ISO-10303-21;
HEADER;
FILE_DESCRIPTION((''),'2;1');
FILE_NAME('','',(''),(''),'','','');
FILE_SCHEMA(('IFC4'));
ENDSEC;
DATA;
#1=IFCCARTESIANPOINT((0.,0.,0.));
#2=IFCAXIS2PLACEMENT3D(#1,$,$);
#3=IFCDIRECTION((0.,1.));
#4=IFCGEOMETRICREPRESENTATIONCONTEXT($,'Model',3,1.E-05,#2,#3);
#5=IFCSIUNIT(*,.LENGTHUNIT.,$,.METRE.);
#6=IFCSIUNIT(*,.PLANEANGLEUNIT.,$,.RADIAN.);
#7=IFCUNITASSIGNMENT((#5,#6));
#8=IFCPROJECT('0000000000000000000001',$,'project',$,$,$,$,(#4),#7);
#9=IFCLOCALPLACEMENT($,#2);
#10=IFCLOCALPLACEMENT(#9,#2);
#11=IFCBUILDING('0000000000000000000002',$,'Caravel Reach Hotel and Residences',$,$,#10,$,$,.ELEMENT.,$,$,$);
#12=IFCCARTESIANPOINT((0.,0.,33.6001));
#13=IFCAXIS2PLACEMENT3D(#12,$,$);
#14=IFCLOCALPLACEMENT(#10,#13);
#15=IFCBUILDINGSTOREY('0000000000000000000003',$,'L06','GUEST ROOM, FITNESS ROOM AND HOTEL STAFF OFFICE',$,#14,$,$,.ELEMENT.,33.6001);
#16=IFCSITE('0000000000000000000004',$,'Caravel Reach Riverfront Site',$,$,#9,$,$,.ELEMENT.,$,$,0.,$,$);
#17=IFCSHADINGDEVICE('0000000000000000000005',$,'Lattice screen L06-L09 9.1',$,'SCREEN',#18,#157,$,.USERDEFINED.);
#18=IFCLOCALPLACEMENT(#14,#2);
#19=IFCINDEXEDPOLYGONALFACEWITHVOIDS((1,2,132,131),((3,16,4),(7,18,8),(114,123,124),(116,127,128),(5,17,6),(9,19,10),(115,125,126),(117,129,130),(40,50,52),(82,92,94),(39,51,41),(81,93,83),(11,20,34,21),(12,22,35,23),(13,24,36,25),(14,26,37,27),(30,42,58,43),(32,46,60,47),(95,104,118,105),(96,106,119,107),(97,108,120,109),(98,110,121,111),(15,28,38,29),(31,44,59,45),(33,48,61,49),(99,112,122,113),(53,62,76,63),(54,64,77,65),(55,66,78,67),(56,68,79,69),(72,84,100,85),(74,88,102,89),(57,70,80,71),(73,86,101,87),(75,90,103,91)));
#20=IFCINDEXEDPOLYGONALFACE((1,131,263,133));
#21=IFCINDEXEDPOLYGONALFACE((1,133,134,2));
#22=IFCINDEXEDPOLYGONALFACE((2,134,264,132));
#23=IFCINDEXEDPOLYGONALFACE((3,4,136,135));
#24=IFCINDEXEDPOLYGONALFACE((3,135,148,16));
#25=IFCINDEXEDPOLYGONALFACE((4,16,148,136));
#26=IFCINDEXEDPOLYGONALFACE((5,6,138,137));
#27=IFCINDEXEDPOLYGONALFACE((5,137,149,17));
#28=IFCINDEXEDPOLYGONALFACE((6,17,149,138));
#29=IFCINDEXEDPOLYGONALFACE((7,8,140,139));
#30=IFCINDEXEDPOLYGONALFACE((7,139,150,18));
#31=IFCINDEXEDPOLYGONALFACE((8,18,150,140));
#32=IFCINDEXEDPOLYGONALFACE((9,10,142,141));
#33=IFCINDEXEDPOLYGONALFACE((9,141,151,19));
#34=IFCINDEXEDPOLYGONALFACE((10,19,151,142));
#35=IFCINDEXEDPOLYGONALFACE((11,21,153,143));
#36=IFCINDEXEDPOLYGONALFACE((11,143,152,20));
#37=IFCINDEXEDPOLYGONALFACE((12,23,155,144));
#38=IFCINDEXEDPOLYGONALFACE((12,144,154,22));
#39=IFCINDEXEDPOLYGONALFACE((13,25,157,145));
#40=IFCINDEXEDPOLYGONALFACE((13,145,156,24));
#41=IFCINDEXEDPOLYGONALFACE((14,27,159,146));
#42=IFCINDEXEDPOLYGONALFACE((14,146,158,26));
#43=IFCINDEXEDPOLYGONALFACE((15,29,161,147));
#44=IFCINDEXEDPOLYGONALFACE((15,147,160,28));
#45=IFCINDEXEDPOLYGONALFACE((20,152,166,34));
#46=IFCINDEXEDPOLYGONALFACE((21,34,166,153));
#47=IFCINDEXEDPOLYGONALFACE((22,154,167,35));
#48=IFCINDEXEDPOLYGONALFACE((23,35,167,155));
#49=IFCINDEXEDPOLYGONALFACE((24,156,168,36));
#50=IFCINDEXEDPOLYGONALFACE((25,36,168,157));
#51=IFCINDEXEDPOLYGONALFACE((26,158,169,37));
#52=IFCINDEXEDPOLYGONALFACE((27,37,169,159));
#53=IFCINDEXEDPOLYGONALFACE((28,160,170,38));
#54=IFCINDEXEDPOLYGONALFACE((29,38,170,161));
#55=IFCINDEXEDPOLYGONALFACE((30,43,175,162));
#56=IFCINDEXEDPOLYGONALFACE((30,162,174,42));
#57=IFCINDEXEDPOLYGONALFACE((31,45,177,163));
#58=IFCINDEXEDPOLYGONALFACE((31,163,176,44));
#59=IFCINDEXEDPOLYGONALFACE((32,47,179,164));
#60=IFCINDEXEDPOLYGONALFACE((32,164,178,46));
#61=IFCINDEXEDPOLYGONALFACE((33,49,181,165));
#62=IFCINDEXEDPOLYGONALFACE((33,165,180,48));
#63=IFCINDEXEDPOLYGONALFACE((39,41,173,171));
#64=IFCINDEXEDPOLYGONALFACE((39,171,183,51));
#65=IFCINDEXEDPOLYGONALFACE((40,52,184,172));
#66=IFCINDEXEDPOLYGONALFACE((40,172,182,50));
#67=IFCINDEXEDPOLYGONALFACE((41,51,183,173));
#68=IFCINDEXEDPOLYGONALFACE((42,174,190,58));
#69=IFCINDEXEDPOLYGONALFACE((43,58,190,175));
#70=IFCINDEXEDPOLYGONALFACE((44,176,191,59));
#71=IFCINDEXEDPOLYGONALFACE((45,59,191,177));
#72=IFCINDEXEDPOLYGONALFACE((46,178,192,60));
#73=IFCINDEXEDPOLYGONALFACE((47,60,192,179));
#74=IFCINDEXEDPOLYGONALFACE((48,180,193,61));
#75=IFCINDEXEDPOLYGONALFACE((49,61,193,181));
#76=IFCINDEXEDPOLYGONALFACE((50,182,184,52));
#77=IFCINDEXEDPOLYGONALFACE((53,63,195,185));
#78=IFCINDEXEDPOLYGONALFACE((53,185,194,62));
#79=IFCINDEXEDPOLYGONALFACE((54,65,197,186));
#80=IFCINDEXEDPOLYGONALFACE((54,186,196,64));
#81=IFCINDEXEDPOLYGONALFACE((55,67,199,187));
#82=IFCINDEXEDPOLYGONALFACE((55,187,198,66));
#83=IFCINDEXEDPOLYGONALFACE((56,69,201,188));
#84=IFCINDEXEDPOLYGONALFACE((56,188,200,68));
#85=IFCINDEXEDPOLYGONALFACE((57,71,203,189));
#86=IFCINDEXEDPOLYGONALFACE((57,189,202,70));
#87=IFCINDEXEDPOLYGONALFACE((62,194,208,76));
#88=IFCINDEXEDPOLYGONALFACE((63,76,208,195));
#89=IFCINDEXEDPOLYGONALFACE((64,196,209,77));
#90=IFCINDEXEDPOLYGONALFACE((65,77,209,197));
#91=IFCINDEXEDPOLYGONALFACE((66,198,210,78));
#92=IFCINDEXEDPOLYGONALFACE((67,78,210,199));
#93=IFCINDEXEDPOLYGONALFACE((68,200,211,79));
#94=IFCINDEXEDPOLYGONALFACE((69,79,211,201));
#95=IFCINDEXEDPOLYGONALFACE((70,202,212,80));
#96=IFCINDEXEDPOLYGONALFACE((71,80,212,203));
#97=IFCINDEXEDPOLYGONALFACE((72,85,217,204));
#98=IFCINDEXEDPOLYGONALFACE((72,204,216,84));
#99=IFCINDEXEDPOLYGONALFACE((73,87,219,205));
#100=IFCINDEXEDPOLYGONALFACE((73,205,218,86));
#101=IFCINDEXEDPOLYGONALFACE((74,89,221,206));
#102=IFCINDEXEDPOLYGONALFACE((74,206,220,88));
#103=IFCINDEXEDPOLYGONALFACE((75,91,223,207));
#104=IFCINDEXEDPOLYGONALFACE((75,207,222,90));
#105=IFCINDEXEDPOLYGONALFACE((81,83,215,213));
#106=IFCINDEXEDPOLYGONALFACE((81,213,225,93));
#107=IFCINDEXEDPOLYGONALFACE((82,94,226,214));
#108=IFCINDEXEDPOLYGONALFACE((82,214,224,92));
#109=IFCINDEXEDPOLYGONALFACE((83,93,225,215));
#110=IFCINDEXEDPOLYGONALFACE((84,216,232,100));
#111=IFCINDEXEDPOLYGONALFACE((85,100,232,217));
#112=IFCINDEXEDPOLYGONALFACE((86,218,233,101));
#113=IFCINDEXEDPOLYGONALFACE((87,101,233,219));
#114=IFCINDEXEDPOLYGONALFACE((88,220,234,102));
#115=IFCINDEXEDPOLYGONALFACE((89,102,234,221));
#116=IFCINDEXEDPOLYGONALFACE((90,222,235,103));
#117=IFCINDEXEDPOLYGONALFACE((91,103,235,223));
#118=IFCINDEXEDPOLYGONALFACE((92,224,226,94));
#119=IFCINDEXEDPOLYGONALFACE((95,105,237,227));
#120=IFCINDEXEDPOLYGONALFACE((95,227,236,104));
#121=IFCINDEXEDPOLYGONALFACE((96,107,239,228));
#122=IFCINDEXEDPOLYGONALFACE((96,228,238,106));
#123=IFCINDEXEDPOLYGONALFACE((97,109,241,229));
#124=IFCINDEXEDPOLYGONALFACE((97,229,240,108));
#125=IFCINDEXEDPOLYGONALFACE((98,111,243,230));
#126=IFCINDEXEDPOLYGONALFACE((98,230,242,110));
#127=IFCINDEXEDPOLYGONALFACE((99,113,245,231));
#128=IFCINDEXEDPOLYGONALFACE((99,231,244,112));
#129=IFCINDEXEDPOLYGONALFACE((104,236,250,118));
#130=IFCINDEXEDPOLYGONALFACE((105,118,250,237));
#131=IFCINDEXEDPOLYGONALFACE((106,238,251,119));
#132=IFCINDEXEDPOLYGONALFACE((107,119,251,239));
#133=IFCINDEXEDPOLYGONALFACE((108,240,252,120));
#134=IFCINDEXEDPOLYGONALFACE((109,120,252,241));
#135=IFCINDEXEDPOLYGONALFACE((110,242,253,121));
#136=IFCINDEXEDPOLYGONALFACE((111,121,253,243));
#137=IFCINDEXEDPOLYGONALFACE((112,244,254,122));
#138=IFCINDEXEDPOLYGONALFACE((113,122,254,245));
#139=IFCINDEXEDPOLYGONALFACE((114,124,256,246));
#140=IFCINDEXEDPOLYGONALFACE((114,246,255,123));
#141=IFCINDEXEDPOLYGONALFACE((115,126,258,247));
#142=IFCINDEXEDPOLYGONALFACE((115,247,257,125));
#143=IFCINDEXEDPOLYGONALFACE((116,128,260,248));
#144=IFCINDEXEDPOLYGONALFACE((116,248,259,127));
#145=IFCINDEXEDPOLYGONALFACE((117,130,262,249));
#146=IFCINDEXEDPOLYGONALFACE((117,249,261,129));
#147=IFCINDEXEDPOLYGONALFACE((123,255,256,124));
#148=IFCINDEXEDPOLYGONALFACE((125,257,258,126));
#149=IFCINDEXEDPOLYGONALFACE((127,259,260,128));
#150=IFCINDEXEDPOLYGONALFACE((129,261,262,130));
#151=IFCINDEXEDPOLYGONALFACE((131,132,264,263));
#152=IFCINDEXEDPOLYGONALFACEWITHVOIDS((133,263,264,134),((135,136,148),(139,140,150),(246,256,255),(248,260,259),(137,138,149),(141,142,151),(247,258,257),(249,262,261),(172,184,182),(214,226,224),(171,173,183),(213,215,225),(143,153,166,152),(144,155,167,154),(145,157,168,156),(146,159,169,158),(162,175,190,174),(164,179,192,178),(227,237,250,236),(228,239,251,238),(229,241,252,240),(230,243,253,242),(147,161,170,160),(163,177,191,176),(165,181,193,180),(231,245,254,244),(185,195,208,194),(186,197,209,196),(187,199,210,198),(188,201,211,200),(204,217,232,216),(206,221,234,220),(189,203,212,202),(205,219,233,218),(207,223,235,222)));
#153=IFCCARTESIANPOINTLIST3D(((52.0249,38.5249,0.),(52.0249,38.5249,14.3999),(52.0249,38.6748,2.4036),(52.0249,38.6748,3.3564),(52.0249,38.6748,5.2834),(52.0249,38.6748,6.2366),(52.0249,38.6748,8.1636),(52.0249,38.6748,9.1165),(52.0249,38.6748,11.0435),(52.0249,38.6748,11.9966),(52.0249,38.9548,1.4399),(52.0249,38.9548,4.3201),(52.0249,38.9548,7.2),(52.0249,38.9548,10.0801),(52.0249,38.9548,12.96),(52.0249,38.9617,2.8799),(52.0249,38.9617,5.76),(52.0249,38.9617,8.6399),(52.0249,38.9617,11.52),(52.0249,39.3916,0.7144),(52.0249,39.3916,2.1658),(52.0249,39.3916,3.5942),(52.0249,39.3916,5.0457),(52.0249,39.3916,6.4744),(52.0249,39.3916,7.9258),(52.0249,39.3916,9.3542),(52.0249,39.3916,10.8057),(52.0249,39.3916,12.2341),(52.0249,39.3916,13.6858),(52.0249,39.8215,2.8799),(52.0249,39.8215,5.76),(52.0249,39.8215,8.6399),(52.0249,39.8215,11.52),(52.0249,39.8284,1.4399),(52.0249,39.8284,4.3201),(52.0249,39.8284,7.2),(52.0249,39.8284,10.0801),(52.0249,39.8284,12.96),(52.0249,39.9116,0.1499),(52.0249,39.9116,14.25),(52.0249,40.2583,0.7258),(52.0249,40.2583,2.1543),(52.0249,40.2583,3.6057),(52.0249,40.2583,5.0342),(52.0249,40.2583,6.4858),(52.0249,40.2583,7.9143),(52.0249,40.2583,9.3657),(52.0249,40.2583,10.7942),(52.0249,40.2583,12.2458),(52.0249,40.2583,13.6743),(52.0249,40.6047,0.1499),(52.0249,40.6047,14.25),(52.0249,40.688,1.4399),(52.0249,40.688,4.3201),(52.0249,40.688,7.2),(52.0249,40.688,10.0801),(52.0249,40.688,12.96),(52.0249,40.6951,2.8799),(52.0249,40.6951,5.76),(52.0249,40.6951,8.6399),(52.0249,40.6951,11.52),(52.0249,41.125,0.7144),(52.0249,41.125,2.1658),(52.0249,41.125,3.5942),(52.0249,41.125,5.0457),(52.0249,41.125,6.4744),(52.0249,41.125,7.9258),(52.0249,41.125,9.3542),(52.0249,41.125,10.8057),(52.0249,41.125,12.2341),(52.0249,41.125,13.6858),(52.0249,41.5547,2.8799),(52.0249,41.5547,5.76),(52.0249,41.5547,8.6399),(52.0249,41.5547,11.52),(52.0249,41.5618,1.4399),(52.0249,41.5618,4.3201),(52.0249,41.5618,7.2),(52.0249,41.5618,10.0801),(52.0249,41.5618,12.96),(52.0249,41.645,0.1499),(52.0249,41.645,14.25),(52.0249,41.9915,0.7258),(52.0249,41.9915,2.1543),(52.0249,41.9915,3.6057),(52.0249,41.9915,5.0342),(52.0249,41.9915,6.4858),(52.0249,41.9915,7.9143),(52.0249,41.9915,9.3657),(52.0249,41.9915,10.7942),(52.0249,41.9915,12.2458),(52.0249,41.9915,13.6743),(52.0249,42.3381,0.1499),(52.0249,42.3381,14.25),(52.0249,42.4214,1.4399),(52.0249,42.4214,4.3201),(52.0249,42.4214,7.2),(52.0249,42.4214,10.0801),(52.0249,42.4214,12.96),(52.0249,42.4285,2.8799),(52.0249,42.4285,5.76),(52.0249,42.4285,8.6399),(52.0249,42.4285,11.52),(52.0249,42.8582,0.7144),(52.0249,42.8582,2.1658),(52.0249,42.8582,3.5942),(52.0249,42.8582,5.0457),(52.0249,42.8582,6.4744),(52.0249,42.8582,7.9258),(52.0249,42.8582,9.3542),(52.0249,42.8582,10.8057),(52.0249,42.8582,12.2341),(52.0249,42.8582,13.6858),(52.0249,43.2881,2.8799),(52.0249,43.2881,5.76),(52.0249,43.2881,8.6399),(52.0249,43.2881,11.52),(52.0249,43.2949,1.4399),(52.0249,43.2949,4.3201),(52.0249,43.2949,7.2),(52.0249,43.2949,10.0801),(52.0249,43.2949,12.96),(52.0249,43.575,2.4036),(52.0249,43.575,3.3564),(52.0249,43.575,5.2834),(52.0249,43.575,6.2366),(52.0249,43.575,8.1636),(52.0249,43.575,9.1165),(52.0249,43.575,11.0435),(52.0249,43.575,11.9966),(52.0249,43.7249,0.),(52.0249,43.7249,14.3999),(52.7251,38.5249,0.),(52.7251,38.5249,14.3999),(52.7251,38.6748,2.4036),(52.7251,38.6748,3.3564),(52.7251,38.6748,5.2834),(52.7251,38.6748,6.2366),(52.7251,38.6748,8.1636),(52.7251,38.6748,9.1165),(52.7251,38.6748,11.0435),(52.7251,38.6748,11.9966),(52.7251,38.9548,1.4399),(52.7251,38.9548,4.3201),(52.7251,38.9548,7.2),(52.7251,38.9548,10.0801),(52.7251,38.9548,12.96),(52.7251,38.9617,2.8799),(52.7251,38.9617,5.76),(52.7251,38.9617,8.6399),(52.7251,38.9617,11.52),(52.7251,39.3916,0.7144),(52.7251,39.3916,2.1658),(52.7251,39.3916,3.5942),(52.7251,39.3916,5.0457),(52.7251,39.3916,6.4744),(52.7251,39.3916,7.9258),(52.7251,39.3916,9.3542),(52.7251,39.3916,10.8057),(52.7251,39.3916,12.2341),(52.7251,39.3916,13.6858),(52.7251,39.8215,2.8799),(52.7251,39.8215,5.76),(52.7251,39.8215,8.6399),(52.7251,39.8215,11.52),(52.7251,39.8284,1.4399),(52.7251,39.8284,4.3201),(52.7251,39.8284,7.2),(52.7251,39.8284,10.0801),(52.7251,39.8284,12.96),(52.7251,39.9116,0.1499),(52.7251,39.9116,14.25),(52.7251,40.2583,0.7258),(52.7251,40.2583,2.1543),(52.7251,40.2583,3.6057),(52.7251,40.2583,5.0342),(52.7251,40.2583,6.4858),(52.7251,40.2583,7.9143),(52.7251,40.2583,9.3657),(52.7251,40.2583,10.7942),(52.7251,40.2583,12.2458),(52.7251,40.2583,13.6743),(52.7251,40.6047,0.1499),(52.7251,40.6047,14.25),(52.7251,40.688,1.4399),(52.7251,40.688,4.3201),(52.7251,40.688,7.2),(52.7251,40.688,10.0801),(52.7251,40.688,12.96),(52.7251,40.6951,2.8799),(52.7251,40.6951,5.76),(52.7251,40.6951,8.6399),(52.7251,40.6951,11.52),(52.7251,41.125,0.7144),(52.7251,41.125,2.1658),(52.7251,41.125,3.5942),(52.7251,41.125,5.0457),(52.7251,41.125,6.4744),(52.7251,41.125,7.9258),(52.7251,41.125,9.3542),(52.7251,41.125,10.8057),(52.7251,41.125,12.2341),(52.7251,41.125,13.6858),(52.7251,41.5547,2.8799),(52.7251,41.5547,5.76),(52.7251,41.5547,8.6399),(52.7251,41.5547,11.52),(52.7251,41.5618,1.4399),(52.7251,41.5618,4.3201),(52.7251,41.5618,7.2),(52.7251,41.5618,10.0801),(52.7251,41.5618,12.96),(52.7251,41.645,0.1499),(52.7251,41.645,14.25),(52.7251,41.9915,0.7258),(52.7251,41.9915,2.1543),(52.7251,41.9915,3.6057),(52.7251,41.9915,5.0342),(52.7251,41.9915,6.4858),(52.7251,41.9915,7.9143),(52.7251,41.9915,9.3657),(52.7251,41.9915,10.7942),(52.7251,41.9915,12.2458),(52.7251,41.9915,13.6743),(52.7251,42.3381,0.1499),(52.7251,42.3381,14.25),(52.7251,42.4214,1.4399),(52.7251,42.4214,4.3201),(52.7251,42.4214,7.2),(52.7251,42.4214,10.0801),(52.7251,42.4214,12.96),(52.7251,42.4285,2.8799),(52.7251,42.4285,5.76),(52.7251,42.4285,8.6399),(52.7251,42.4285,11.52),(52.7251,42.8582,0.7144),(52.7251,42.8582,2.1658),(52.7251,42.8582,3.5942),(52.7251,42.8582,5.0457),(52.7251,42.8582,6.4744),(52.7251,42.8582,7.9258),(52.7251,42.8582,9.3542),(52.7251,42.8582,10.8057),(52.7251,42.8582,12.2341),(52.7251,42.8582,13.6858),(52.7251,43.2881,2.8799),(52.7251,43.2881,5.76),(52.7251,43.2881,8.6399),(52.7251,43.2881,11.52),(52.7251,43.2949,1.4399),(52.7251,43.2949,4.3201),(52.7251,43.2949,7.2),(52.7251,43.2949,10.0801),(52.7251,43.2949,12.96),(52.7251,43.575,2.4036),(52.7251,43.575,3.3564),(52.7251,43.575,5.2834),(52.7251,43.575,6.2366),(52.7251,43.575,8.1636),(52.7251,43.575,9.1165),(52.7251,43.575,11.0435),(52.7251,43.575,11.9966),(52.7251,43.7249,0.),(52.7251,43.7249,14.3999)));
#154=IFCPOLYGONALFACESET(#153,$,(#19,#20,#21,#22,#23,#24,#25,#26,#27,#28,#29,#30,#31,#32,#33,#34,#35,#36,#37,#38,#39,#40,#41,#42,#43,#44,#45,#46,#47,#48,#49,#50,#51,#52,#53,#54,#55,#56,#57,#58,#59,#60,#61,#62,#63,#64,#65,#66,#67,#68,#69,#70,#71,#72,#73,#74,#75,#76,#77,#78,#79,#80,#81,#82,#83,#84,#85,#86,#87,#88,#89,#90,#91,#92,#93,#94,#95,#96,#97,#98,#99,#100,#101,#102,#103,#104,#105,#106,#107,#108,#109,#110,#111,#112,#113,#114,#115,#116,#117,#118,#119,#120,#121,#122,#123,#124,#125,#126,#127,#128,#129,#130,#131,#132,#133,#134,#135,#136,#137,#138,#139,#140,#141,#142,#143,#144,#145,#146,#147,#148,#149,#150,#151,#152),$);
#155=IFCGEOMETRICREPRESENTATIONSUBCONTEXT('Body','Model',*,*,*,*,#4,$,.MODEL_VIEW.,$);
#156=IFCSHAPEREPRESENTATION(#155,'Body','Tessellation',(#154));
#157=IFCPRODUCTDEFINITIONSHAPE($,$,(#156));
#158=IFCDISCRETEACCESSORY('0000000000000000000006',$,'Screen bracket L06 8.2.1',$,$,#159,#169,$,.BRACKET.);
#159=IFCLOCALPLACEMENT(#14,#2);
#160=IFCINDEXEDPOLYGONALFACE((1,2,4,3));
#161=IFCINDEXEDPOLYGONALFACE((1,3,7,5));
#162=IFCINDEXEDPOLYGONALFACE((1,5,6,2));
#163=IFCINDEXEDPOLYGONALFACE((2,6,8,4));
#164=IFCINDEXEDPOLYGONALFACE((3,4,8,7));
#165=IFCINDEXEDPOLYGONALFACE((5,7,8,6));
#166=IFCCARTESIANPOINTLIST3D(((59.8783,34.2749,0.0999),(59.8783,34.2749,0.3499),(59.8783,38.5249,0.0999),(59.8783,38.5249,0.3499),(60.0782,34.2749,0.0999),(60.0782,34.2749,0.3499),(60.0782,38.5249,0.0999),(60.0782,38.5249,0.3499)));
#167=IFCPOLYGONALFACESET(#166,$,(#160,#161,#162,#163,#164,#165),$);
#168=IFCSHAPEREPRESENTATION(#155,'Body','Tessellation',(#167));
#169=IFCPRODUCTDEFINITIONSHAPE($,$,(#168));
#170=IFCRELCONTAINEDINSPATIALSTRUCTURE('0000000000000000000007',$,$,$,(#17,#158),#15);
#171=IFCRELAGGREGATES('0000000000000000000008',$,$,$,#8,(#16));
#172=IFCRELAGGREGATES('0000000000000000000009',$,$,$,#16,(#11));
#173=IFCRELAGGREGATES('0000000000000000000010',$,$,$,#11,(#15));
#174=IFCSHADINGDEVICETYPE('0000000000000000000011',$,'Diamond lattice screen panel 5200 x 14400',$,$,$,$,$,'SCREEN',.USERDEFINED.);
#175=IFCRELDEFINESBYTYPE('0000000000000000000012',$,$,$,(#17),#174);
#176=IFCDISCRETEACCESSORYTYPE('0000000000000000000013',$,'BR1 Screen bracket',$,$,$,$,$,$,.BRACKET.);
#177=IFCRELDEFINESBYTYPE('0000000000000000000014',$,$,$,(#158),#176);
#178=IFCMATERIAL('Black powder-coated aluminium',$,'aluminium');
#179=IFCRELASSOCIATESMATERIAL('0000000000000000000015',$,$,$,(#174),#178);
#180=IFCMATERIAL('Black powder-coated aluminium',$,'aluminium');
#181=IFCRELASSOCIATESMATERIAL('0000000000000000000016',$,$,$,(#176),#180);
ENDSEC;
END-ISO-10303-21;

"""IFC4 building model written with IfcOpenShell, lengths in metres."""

from ifc_helpers import new_model, si_unit, direction, frame, origin, origin_2d, place, context, subcontext, project, spatial, polyline, rectangle, outline, extrude, material, type_object, element, save


model = new_model("IFC4")

# Units and contexts
model_context = context("Model", 3, precision=1e-05, world=origin(), true_north=direction((0.0, 1.0)))
body_context = subcontext(model_context, "Body", "Model", "MODEL_VIEW")
ifc_project = project(units=[si_unit("LENGTHUNIT", "METRE"), si_unit("PLANEANGLEUNIT", "RADIAN")], contexts=[model_context])

# Site, building, storey
site_placement = place(None, origin())
site = spatial("IfcSite", under=ifc_project, at=site_placement, Name="Caravel Reach Riverfront Site", CompositionType="ELEMENT", RefElevation=0.0)
building_placement = place(site_placement, origin())
building = spatial("IfcBuilding", under=site, at=building_placement, Name="Caravel Reach Hotel and Residences", CompositionType="ELEMENT")
storey_placement = place(building_placement, frame((0.0, 0.0, 33.6001)))
storey = spatial("IfcBuildingStorey", under=building, at=storey_placement, Name="L06", Description="GUEST ROOM, FITNESS ROOM AND HOTEL STAFF OFFICE", CompositionType="ELEMENT", Elevation=33.6001)

# Shading device
ifc_material_1 = material(Name="Black powder-coated aluminium", Category="aluminium")
shading_device_type_1 = type_object("IfcShadingDeviceType", Name="Diamond lattice screen panel 5200 x 14400", ElementType="SCREEN", PredefinedType="USERDEFINED", material=ifc_material_1)
shading_device_1_placement = place(storey_placement, frame((52.0249, 38.5249, 0.0), z_axis=(1.0, 0.0, 0.0), x_axis=(0.0, 1.0, 0.0)))
element("IfcShadingDevice", 1, at=shading_device_1_placement, inside=storey, type_object=shading_device_type_1, Name="Lattice screen L06-L09 9.1", ObjectType="SCREEN", PredefinedType="USERDEFINED", context=body_context, shape_type="SweptSolid", body=[
    extrude(outline(polyline([(0.0, 0.0), (5.2, 0.0), (5.2, 14.3999), (0.0, 14.3999), (0.0, 0.0)]), holes=[polyline([(0.4368, 2.8799), (0.1499, 3.3564), (0.1499, 2.4036), (0.4368, 2.8799)]), polyline([(0.4368, 5.76), (0.1499, 6.2366), (0.1499, 5.2834), (0.4368, 5.76)]), polyline([(0.4368, 8.6399), (0.1499, 9.1165), (0.1499, 8.1636), (0.4368, 8.6399)]), polyline([(0.4368, 11.52), (0.1499, 11.9966), (0.1499, 11.0435), (0.4368, 11.52)]), polyline([(0.8667, 2.1658), (0.4299, 1.4399), (0.8667, 0.7144), (1.3035, 1.4399), (0.8667, 2.1658)]), polyline([(0.8667, 5.0457), (0.4299, 4.3201), (0.8667, 3.5942), (1.3035, 4.3201), (0.8667, 5.0457)]), polyline([(0.8667, 7.9258), (0.4299, 7.2), (0.8667, 6.4744), (1.3035, 7.2), (0.8667, 7.9258)]), polyline([(0.8667, 10.8057), (0.4299, 10.0801), (0.8667, 9.3542), (1.3035, 10.0801), (0.8667, 10.8057)]), polyline([(0.8667, 13.6858), (0.4299, 12.96), (0.8667, 12.2341), (1.3035, 12.96), (0.8667, 13.6858)]), polyline([(1.7334, 0.7258), (1.3867, 0.1499), (2.0798, 0.1499), (1.7334, 0.7258)]), polyline([(1.7334, 3.6057), (1.2966, 2.8799), (1.7334, 2.1543), (2.1702, 2.8799), (1.7334, 3.6057)]), polyline([(1.7334, 6.4858), (1.2966, 5.76), (1.7334, 5.0342), (2.1702, 5.76), (1.7334, 6.4858)]), polyline([(1.7334, 9.3657), (1.2966, 8.6399), (1.7334, 7.9143), (2.1702, 8.6399), (1.7334, 9.3657)]), polyline([(1.7334, 12.2458), (1.2966, 11.52), (1.7334, 10.7942), (2.1702, 11.52), (1.7334, 12.2458)]), polyline([(1.7334, 13.6743), (2.0798, 14.25), (1.3867, 14.25), (1.7334, 13.6743)]), polyline([(2.6001, 2.1658), (2.1631, 1.4399), (2.6001, 0.7144), (3.0369, 1.4399), (2.6001, 2.1658)]), polyline([(2.6001, 5.0457), (2.1631, 4.3201), (2.6001, 3.5942), (3.0369, 4.3201), (2.6001, 5.0457)]), polyline([(2.6001, 7.9258), (2.1631, 7.2), (2.6001, 6.4744), (3.0369, 7.2), (2.6001, 7.9258)]), polyline([(2.6001, 10.8057), (2.1631, 10.0801), (2.6001, 9.3542), (3.0369, 10.0801), (2.6001, 10.8057)]), polyline([(2.6001, 13.6858), (2.1631, 12.96), (2.6001, 12.2341), (3.0369, 12.96), (2.6001, 13.6858)]), polyline([(3.4666, 0.7258), (3.1201, 0.1499), (3.8132, 0.1499), (3.4666, 0.7258)]), polyline([(3.4666, 3.6057), (3.0298, 2.8799), (3.4666, 2.1543), (3.9036, 2.8799), (3.4666, 3.6057)]), polyline([(3.4666, 6.4858), (3.0298, 5.76), (3.4666, 5.0342), (3.9036, 5.76), (3.4666, 6.4858)]), polyline([(3.4666, 9.3657), (3.0298, 8.6399), (3.4666, 7.9143), (3.9036, 8.6399), (3.4666, 9.3657)]), polyline([(3.4666, 12.2458), (3.0298, 11.52), (3.4666, 10.7942), (3.9036, 11.52), (3.4666, 12.2458)]), polyline([(3.4666, 13.6743), (3.8132, 14.25), (3.1201, 14.25), (3.4666, 13.6743)]), polyline([(4.3333, 2.1658), (3.8965, 1.4399), (4.3333, 0.7144), (4.77, 1.4399), (4.3333, 2.1658)]), polyline([(4.3333, 5.0457), (3.8965, 4.3201), (4.3333, 3.5942), (4.77, 4.3201), (4.3333, 5.0457)]), polyline([(4.3333, 7.9258), (3.8965, 7.2), (4.3333, 6.4744), (4.77, 7.2), (4.3333, 7.9258)]), polyline([(4.3333, 10.8057), (3.8965, 10.0801), (4.3333, 9.3542), (4.77, 10.0801), (4.3333, 10.8057)]), polyline([(4.3333, 13.6858), (3.8965, 12.96), (4.3333, 12.2341), (4.77, 12.96), (4.3333, 13.6858)]), polyline([(4.7632, 2.8799), (5.05, 2.4036), (5.05, 3.3564), (4.7632, 2.8799)]), polyline([(4.7632, 5.76), (5.05, 5.2834), (5.05, 6.2366), (4.7632, 5.76)]), polyline([(4.7632, 8.6399), (5.05, 8.1636), (5.05, 9.1165), (4.7632, 8.6399)]), polyline([(4.7632, 11.52), (5.05, 11.0435), (5.05, 11.9966), (4.7632, 11.52)])]), origin(), (0.0, 0.0, 1.0), 0.7002),
])

# Discrete accessory
ifc_material_2 = material(Name="Black powder-coated aluminium", Category="aluminium")
discrete_accessory_type = type_object("IfcDiscreteAccessoryType", Name="BR1 Screen bracket", PredefinedType="BRACKET", material=ifc_material_2)
discrete_accessory_1_placement = place(storey_placement, frame((59.9783, 36.3999, 0.0999), z_axis=(0.0, 0.0, 1.0), x_axis=(0.0, 1.0, 0.0)))
element("IfcDiscreteAccessory", 2, at=discrete_accessory_1_placement, inside=storey, type_object=discrete_accessory_type, Name="Screen bracket L06 8.2.1", PredefinedType="BRACKET", context=body_context, shape_type="SweptSolid", body=[
    extrude(rectangle(XDim=4.25, YDim=0.2, at=origin_2d()), origin(), (0.0, 0.0, 1.0), 0.25),
])

save(model, "model.ifc")
